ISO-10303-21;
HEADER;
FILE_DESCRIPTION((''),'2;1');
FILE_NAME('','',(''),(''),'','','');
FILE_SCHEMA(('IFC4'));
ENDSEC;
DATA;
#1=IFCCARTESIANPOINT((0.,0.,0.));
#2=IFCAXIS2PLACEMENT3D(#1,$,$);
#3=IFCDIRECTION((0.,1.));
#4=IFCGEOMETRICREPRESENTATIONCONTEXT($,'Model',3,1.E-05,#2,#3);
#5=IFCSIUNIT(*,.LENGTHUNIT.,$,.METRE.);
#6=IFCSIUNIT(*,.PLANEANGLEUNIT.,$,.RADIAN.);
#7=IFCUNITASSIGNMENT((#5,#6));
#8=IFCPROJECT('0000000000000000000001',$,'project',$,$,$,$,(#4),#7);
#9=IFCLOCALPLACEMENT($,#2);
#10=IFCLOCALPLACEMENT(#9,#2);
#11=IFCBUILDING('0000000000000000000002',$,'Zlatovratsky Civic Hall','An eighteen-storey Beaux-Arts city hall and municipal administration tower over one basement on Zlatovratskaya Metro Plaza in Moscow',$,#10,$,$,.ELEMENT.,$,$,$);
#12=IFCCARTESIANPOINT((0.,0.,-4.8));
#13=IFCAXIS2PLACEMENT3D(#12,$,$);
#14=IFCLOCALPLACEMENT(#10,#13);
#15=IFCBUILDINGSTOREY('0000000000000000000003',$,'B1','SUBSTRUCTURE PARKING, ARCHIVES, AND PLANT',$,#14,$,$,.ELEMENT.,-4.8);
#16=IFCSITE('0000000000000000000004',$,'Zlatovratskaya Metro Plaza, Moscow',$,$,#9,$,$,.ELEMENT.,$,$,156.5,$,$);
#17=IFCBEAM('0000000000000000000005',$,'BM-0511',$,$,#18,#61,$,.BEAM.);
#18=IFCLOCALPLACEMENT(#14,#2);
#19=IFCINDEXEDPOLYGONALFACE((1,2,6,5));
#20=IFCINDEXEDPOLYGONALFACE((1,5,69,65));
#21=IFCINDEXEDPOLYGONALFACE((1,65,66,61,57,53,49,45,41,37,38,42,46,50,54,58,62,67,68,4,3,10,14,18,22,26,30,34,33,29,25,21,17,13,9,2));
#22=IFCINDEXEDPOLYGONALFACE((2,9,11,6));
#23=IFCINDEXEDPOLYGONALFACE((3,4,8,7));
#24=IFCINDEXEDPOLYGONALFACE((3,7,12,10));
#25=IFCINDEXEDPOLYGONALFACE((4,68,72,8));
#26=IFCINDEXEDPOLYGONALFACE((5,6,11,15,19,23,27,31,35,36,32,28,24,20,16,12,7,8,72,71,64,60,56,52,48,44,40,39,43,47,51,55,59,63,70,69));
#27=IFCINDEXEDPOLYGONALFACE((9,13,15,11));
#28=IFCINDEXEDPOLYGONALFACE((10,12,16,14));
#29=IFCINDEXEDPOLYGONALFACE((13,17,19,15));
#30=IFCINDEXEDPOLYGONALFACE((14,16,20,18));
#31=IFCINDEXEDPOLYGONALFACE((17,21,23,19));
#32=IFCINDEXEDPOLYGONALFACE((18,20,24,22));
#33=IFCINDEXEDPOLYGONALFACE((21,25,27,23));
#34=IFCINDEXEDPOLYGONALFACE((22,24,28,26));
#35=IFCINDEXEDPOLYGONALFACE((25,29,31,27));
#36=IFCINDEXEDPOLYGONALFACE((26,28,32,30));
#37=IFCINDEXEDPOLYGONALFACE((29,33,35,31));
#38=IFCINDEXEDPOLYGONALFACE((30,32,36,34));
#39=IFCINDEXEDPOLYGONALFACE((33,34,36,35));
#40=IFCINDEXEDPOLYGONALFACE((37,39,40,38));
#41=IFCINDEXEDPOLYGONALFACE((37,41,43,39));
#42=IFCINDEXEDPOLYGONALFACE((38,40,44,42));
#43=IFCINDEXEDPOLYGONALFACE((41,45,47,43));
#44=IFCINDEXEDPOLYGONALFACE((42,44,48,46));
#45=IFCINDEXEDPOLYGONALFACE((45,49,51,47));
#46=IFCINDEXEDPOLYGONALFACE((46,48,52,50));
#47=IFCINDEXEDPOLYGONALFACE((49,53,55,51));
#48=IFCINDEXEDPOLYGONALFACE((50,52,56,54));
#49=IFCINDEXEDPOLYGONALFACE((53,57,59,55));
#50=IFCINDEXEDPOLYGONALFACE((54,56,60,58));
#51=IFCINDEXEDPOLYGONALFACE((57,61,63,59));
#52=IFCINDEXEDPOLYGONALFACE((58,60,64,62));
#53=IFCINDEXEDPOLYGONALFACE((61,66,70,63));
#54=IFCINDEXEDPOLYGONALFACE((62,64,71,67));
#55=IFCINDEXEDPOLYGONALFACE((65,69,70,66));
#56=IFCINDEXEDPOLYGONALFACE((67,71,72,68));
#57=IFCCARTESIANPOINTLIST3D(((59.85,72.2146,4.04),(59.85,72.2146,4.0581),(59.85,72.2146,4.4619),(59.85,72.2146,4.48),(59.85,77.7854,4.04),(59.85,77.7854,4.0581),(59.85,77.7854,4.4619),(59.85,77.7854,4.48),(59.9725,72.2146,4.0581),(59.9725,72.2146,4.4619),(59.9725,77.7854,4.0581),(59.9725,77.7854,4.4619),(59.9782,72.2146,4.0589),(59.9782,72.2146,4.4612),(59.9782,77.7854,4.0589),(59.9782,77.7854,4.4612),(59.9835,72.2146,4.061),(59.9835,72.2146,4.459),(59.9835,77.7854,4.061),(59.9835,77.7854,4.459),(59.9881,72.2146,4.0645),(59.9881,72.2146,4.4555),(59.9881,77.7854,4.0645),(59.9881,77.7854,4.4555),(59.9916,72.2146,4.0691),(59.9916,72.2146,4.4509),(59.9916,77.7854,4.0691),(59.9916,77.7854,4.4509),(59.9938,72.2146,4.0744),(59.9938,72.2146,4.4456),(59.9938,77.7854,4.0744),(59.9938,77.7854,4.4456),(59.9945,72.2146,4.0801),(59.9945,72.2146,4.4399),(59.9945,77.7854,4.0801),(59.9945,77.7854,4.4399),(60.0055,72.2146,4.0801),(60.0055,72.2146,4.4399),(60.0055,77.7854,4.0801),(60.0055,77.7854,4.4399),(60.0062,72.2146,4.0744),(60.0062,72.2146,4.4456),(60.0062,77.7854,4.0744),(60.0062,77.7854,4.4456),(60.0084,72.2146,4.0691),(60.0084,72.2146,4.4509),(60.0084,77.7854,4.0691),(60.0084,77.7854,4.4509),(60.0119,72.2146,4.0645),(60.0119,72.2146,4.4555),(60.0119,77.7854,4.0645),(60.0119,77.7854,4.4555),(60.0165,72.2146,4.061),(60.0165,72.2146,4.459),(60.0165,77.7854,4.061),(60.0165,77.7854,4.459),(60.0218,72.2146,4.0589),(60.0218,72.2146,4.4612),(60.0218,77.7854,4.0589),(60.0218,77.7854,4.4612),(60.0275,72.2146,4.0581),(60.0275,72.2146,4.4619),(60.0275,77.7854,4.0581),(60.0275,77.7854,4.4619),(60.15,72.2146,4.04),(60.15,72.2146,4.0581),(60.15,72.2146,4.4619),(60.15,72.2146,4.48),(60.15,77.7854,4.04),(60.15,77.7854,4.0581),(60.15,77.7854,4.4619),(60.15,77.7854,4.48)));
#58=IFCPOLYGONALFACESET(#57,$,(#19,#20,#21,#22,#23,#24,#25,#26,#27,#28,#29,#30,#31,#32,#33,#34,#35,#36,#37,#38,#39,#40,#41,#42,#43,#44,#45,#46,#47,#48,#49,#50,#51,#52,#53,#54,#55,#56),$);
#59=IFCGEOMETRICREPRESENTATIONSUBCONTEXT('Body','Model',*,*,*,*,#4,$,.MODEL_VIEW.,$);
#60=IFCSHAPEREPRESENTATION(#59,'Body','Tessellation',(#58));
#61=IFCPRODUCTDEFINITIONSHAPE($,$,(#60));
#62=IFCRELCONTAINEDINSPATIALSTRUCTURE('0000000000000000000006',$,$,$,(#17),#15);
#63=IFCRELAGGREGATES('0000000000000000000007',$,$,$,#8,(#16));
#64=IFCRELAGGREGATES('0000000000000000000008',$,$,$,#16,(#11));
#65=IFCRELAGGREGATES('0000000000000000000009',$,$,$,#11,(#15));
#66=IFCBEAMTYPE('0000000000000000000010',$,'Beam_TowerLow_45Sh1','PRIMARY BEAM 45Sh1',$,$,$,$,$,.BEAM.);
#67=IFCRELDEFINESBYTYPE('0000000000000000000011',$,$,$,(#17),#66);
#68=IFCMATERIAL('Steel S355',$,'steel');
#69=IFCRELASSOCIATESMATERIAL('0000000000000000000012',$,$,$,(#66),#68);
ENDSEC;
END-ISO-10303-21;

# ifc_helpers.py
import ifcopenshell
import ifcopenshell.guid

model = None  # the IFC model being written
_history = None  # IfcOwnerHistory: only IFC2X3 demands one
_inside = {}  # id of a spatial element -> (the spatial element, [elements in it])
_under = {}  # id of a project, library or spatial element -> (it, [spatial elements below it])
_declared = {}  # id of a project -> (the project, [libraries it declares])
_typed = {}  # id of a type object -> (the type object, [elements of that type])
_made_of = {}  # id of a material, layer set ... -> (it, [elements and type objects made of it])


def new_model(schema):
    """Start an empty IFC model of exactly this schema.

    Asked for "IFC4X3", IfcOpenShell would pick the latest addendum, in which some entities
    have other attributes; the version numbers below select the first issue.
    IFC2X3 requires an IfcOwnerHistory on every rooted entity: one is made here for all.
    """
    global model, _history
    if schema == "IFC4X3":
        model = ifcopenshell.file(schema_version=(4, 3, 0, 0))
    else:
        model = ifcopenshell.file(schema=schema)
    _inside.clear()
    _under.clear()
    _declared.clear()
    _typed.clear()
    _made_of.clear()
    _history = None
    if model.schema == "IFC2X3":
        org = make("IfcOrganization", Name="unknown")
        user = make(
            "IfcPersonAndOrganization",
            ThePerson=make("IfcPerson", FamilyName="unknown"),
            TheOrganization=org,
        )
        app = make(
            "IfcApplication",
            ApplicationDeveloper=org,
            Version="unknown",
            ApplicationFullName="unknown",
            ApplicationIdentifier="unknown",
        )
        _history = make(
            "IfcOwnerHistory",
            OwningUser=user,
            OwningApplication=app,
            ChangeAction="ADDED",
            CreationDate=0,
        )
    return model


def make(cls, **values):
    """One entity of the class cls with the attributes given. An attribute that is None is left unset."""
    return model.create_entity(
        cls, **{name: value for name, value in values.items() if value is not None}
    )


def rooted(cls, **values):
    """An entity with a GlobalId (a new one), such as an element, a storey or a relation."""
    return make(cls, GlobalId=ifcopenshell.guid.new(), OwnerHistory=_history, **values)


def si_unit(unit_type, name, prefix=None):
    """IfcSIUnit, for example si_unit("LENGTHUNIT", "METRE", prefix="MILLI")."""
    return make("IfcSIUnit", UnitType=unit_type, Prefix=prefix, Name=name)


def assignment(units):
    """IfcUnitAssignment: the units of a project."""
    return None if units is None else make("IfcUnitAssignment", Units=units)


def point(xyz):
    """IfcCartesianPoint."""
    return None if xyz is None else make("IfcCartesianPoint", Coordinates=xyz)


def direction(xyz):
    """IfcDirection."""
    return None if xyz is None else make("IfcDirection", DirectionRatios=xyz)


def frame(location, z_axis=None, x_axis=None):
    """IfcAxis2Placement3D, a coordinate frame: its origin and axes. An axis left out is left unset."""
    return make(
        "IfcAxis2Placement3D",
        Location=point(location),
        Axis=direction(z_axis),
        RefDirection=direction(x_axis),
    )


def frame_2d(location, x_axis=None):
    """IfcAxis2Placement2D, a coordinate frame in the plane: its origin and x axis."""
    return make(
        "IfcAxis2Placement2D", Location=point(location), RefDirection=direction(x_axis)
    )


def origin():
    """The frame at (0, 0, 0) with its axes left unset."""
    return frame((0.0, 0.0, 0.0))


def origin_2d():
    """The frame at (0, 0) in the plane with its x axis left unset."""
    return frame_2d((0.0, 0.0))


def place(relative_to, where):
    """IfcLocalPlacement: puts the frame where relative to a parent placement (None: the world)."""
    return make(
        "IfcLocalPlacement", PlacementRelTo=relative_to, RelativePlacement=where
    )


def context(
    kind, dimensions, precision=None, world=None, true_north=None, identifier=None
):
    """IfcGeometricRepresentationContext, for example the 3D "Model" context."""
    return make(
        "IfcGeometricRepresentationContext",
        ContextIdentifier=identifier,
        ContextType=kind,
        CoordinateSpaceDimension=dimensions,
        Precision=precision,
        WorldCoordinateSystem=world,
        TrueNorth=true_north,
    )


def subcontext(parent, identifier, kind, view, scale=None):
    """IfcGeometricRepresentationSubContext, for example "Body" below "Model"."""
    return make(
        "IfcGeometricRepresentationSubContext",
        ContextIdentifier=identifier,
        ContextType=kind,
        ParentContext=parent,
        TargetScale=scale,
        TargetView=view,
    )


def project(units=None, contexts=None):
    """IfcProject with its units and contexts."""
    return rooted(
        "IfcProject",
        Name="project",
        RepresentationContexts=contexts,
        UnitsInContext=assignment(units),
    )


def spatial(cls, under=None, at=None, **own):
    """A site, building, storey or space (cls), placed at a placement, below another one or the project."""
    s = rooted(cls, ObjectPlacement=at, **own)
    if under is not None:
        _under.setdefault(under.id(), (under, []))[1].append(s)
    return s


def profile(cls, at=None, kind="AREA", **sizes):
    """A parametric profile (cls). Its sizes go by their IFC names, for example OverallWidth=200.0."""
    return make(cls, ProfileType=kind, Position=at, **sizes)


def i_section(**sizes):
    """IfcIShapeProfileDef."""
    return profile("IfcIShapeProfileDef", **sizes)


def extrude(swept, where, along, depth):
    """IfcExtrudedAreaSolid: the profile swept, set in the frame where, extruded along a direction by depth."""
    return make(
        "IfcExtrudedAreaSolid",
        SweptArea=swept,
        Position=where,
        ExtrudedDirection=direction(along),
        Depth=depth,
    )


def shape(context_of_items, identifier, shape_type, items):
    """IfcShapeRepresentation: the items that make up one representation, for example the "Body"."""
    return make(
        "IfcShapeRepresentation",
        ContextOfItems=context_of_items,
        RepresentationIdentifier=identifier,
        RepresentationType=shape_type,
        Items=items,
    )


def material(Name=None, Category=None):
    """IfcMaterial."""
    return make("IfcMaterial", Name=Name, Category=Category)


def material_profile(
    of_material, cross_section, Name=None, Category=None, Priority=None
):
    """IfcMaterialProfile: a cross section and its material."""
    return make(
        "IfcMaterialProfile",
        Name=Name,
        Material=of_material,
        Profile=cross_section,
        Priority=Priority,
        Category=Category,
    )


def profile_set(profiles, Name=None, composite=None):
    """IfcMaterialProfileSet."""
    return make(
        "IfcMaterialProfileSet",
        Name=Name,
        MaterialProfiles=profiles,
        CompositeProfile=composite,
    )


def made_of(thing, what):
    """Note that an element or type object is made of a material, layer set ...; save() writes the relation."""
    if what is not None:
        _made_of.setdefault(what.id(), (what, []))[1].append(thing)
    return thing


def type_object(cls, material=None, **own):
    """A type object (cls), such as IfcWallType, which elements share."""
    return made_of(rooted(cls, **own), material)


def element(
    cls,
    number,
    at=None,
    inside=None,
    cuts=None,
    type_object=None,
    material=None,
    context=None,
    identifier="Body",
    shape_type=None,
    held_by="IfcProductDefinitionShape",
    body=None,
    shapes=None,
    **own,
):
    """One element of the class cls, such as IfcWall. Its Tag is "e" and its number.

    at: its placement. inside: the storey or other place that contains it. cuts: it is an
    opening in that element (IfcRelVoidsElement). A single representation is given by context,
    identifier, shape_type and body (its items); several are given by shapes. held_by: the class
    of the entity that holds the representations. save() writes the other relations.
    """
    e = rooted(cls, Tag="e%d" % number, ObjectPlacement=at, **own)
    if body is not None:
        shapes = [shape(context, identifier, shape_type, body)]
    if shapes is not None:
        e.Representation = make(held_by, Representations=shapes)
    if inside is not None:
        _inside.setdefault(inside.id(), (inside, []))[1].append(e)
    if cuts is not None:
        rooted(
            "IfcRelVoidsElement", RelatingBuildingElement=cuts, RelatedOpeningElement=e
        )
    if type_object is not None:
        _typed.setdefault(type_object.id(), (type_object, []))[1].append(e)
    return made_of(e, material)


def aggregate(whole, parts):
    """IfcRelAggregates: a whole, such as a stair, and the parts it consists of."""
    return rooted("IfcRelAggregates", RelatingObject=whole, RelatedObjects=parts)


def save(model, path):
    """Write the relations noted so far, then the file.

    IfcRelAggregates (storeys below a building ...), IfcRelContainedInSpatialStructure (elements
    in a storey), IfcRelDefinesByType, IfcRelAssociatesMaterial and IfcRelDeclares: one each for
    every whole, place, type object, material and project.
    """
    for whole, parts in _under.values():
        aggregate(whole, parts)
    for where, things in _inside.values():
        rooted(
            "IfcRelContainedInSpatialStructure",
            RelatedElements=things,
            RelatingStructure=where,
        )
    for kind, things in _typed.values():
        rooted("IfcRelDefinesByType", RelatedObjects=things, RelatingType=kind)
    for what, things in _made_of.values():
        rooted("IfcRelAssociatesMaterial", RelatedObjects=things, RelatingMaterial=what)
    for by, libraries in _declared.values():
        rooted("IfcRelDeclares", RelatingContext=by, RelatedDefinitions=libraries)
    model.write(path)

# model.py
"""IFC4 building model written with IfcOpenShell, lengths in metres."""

from ifc_helpers import new_model, si_unit, direction, frame, origin, origin_2d, place, context, subcontext, project, spatial, i_section, extrude, material, material_profile, profile_set, type_object, element, save


model = new_model("IFC4")

# Units and contexts
model_context = context("Model", 3, precision=1e-05, world=origin(), true_north=direction((0.0, 1.0)))
body_context = subcontext(model_context, "Body", "Model", "MODEL_VIEW")
ifc_project = project(units=[si_unit("LENGTHUNIT", "METRE"), si_unit("PLANEANGLEUNIT", "RADIAN")], contexts=[model_context])

# Site, building, storey
site_placement = place(None, origin())
site = spatial("IfcSite", under=ifc_project, at=site_placement, Name="Zlatovratskaya Metro Plaza, Moscow", CompositionType="ELEMENT", RefElevation=156.5)
building_placement = place(site_placement, origin())
building = spatial("IfcBuilding", under=site, at=building_placement, Name="Zlatovratsky Civic Hall", Description="An eighteen-storey Beaux-Arts city hall and municipal administration tower over one basement on Zlatovratskaya Metro Plaza in Moscow", CompositionType="ELEMENT")
storey_placement = place(building_placement, frame((0.0, 0.0, -4.8)))
storey = spatial("IfcBuildingStorey", under=building, at=storey_placement, Name="B1", Description="SUBSTRUCTURE PARKING, ARCHIVES, AND PLANT", CompositionType="ELEMENT", Elevation=-4.8)

# Shared definitions
ifc_material_1 = material(Name="Steel S355", Category="steel")

# Beam
ifc_material_profile_1 = material_profile(ifc_material_1, i_section(OverallWidth=0.3, OverallDepth=0.4399, WebThickness=0.011, FlangeThickness=0.0181, FilletRadius=0.022, at=origin_2d()), Name="45Sh1")
ifc_profile_set_1 = profile_set([ifc_material_profile_1], Name="Steel S355")
beam_type = type_object("IfcBeamType", Name="Beam_TowerLow_45Sh1", Description="PRIMARY BEAM 45Sh1", PredefinedType="BEAM", material=ifc_profile_set_1)
beam_1_placement = place(storey_placement, frame((60.0, 72.2146, 4.26), z_axis=(0.0, 1.0, 0.0), x_axis=(-1.0, 0.0, 0.0)))
element("IfcBeam", 1, at=beam_1_placement, inside=storey, type_object=beam_type, Name="BM-0511", PredefinedType="BEAM", context=body_context, shape_type="SweptSolid", body=[
    extrude(i_section(OverallWidth=0.3, OverallDepth=0.4399, WebThickness=0.011, FlangeThickness=0.0181, FilletRadius=0.022, at=origin_2d()), origin(), (0.0, 0.0, 1.0), 5.5708),
])

save(model, "model.ifc")
